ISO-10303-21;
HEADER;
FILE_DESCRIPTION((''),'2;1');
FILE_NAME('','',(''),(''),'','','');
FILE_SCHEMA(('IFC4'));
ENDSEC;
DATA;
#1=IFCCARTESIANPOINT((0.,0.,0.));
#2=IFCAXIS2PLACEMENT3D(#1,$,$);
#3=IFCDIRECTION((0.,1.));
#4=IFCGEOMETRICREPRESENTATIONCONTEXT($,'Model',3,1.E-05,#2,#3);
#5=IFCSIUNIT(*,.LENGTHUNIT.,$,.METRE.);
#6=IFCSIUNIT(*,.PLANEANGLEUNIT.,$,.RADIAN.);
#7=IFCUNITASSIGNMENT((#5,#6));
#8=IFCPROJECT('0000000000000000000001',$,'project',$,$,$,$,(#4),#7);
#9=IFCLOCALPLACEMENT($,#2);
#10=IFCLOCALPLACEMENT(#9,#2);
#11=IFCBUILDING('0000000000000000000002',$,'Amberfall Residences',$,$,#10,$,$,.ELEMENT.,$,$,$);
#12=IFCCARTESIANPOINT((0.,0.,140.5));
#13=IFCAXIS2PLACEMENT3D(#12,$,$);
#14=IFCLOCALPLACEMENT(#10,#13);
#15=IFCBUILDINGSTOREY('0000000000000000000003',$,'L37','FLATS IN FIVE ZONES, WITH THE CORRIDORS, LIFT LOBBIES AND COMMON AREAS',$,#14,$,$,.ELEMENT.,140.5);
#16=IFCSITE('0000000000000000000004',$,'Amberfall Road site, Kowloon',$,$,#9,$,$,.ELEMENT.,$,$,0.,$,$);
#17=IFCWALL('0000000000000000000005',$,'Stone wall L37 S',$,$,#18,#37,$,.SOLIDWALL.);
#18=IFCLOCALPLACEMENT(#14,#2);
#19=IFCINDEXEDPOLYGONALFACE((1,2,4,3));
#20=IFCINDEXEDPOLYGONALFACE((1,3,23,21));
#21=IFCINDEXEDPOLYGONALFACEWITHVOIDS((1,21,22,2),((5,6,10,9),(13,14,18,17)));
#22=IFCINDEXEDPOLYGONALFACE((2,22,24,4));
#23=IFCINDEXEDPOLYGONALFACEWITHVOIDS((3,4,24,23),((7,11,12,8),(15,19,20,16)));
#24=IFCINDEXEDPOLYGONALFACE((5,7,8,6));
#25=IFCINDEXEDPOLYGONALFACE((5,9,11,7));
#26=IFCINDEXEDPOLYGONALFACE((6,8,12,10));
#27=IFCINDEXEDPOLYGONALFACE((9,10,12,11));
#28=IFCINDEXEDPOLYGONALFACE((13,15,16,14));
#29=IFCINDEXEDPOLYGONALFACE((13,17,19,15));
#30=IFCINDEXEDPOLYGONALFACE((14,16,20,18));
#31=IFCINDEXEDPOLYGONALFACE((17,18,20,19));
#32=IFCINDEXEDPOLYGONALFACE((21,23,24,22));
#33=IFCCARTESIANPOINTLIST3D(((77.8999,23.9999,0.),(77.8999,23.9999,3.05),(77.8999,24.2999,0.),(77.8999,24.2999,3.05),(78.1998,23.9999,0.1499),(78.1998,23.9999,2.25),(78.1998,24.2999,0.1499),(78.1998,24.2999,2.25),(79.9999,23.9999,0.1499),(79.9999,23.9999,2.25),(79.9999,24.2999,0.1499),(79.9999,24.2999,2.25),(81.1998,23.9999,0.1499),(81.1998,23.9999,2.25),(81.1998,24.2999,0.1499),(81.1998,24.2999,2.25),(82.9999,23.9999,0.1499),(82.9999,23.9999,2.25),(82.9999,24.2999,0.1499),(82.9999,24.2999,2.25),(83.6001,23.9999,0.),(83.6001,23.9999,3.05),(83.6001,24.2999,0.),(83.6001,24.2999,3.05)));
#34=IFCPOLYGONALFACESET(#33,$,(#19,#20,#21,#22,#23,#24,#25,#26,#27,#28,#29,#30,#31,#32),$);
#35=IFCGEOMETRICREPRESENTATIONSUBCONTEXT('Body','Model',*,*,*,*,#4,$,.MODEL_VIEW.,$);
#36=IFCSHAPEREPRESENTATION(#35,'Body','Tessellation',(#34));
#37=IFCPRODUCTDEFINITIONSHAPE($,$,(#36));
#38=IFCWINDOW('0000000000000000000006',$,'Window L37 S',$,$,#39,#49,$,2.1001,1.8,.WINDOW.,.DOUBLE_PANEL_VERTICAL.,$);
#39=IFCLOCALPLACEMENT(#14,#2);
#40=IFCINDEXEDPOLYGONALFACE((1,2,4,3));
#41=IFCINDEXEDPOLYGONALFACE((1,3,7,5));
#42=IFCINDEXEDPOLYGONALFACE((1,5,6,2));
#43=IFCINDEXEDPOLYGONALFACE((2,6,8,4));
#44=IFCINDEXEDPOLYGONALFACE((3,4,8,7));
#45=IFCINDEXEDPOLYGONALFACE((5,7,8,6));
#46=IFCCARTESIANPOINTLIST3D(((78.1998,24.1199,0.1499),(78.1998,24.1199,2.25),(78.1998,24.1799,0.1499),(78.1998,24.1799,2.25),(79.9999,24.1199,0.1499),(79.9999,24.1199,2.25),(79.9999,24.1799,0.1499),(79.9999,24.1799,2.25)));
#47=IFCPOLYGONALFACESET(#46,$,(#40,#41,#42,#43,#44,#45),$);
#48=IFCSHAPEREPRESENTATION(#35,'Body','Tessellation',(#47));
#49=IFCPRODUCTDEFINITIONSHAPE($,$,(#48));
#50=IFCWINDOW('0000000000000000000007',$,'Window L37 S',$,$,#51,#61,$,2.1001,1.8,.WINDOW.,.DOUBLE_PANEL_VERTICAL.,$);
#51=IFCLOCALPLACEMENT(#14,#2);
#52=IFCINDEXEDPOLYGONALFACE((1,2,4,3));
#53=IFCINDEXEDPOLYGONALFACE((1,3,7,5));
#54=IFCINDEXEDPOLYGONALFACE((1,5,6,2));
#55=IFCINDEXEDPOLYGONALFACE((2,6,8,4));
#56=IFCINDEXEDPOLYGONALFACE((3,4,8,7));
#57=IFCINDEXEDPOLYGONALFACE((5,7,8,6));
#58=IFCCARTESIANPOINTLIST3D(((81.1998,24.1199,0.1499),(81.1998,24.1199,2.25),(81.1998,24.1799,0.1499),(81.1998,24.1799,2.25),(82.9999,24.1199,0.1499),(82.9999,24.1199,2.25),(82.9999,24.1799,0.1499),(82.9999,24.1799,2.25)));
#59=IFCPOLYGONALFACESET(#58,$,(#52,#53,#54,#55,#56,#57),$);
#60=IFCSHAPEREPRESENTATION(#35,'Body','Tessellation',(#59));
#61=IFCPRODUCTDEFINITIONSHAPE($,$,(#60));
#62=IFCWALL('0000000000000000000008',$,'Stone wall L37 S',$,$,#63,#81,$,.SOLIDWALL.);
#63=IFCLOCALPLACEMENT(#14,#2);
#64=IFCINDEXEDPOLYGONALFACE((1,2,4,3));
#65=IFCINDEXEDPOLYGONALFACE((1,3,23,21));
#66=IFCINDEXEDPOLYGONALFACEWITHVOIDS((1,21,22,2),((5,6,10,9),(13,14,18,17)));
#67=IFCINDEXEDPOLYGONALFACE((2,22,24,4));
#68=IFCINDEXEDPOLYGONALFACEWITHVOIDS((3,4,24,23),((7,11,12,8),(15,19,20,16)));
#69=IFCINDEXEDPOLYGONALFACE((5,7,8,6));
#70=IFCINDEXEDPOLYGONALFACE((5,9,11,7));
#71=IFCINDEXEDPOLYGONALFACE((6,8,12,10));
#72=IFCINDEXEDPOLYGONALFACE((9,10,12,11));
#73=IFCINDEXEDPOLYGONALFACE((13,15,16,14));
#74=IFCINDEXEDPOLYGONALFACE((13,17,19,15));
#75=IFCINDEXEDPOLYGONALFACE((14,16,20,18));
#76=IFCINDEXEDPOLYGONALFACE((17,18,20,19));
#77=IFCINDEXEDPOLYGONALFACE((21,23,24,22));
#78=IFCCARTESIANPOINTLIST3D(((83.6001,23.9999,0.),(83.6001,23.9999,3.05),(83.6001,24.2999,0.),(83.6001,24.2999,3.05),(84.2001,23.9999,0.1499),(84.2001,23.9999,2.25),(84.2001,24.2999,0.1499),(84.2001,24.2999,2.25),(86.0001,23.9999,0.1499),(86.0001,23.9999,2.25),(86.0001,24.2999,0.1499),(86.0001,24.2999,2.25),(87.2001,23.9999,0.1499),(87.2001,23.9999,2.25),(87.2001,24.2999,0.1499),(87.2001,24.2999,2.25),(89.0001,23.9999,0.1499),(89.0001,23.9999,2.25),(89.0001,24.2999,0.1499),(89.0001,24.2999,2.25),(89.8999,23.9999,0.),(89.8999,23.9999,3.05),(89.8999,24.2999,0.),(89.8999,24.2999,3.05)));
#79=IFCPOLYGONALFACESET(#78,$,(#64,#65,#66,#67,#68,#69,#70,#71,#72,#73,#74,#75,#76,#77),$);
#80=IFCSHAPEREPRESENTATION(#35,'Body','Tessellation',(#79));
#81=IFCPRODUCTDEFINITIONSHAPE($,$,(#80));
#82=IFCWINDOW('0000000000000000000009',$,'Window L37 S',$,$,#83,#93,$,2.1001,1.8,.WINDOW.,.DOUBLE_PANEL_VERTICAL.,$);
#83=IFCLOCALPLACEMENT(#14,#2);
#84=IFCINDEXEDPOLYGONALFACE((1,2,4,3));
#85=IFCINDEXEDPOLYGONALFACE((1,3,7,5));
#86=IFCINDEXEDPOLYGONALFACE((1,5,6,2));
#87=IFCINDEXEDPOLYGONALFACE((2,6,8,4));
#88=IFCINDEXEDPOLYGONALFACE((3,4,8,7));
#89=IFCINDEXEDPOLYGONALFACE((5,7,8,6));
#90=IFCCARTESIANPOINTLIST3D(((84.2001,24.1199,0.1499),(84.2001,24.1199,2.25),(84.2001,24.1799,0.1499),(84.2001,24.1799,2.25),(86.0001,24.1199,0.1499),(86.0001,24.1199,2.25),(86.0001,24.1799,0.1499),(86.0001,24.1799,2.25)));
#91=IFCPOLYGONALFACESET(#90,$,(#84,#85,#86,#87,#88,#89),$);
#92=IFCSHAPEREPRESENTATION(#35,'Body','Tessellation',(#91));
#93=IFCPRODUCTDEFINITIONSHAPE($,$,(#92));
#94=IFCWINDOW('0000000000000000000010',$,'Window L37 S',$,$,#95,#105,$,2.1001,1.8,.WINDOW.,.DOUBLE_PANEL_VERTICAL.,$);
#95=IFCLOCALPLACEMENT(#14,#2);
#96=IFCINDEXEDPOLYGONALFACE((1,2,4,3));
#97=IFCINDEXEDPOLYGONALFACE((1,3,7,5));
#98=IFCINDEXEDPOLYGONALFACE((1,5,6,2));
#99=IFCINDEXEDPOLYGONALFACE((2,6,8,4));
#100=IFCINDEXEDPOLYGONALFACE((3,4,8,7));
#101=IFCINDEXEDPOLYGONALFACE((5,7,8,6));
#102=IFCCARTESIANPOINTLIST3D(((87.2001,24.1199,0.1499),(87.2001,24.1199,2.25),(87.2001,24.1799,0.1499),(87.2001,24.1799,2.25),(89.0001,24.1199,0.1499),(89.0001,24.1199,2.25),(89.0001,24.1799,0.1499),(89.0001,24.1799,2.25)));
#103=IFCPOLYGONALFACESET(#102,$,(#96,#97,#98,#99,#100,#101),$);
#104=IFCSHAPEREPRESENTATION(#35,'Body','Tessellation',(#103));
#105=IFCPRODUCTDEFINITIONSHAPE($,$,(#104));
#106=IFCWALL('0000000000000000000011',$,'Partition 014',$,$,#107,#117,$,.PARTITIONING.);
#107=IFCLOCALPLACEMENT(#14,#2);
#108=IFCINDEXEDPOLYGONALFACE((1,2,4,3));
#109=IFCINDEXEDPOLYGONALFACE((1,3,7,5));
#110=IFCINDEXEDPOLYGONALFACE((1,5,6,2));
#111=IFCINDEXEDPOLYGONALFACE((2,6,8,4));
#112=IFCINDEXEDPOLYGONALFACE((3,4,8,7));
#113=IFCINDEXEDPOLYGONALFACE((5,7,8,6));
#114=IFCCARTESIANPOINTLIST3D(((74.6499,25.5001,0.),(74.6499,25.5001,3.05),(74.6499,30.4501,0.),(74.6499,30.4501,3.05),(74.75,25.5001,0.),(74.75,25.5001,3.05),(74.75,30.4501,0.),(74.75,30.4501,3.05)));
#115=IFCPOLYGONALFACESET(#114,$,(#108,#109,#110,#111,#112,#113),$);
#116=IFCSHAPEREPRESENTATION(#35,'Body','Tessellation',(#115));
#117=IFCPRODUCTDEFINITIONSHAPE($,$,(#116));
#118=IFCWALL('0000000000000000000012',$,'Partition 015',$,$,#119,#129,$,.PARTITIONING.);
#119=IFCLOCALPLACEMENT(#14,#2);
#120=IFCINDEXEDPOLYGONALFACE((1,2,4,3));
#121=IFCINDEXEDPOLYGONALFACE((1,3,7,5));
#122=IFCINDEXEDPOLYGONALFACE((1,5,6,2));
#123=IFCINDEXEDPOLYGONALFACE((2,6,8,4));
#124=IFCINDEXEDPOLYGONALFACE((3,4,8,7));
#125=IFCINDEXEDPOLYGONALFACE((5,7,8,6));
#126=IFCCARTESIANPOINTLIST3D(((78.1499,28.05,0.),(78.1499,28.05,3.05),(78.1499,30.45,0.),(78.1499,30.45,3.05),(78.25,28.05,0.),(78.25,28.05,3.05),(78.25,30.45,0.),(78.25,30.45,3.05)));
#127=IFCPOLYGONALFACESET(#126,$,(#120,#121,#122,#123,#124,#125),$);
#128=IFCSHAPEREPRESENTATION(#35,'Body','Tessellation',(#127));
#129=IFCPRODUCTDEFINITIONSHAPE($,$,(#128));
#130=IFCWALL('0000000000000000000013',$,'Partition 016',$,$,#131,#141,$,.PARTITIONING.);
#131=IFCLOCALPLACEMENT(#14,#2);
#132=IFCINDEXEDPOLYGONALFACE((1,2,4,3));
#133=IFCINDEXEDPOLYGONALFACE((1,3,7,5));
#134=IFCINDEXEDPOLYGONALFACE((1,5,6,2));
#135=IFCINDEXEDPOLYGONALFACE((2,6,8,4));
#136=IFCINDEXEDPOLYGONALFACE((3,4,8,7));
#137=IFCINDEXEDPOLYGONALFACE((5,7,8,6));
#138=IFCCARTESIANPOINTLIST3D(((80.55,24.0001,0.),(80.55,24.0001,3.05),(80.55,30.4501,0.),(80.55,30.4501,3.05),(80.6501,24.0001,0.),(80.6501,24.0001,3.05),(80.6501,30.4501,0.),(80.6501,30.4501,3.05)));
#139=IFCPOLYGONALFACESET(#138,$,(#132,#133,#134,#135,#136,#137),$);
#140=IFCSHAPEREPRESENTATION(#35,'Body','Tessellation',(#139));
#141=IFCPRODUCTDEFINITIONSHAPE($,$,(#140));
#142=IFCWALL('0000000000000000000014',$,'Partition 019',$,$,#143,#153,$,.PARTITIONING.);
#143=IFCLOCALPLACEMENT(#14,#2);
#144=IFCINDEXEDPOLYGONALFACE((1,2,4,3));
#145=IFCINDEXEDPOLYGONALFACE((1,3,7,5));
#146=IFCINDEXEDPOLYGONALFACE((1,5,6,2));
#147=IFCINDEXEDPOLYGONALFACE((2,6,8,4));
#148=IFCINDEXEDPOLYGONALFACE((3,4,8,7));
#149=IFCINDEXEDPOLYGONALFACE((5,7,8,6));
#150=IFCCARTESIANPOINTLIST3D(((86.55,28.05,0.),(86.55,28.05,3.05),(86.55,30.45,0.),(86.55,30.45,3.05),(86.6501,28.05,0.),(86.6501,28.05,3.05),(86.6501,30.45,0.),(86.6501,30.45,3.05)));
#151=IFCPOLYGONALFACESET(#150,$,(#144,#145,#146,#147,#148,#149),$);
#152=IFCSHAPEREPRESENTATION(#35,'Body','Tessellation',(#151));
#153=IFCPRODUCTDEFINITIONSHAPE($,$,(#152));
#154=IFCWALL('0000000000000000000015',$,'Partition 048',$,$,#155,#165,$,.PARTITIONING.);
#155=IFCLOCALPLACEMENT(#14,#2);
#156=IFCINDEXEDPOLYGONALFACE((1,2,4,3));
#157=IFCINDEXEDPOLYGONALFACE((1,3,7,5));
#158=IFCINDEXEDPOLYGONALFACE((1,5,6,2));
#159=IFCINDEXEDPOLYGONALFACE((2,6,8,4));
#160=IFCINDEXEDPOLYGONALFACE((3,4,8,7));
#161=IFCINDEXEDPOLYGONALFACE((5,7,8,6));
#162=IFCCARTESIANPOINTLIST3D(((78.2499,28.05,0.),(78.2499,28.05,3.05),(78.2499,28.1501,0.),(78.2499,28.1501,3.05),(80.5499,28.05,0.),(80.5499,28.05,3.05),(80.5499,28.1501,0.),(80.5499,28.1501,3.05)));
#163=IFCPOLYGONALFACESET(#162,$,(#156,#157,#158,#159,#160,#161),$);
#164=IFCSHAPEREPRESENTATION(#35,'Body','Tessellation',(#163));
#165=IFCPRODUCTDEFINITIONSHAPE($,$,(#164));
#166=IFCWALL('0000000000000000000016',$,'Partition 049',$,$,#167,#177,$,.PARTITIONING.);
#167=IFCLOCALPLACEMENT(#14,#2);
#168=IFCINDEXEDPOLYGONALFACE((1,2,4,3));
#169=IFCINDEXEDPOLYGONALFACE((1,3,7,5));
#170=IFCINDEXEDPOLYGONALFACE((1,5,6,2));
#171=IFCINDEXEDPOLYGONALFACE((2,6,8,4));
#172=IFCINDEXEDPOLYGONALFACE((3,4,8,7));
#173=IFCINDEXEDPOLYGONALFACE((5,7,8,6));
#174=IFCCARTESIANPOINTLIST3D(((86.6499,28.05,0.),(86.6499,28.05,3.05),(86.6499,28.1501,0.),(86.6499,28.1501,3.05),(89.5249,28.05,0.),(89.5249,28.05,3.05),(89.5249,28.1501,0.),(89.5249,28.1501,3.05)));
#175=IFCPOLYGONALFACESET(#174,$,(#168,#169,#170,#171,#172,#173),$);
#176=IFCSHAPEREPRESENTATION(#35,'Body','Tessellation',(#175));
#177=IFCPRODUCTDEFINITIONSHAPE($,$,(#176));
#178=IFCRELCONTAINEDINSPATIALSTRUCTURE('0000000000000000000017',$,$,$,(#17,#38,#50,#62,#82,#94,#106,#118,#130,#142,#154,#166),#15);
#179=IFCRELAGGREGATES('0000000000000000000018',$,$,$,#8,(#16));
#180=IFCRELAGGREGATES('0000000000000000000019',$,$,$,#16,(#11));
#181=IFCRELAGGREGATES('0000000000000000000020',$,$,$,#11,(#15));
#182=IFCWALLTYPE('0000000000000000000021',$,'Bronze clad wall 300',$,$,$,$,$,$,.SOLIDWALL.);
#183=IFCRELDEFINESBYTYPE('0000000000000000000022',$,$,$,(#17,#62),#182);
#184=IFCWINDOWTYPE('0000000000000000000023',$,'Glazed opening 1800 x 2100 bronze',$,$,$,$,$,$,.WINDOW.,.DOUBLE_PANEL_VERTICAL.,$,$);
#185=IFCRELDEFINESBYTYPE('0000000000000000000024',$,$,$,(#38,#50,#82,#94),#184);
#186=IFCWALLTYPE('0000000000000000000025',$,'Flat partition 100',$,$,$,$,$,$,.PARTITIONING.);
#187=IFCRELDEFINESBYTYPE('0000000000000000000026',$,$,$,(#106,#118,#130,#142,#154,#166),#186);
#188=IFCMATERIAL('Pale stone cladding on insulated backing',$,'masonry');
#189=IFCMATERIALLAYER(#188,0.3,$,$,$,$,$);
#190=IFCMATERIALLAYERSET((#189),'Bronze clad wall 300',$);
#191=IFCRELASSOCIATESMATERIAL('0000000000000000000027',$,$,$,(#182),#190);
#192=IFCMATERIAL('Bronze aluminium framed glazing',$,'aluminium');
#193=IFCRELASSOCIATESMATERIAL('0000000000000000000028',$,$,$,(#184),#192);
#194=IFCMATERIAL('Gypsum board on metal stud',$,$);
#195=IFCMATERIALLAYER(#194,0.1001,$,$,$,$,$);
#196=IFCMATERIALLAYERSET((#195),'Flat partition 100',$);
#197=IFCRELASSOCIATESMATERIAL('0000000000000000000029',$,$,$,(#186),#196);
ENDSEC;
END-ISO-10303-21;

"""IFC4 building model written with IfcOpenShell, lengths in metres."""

from ifc_helpers import new_model, si_unit, direction, frame, frame_2d, origin, place, context, subcontext, project, spatial, rectangle, extrude, material, layer, layer_set, type_object, element, fill, save


model = new_model("IFC4")

# Units and contexts
model_context = context("Model", 3, precision=1e-05, world=origin(), true_north=direction((0.0, 1.0)))
body_context = subcontext(model_context, "Body", "Model", "MODEL_VIEW")
ifc_project = project(units=[si_unit("LENGTHUNIT", "METRE"), si_unit("PLANEANGLEUNIT", "RADIAN")], contexts=[model_context])

# Site, building, storey
site_placement = place(None, origin())
site = spatial("IfcSite", under=ifc_project, at=site_placement, Name="Amberfall Road site, Kowloon", CompositionType="ELEMENT", RefElevation=0.0)
building_placement = place(site_placement, origin())
building = spatial("IfcBuilding", under=site, at=building_placement, Name="Amberfall Residences", CompositionType="ELEMENT")
storey_placement = place(building_placement, frame((0.0, 0.0, 140.5)))
storey = spatial("IfcBuildingStorey", under=building, at=storey_placement, Name="L37", Description="FLATS IN FIVE ZONES, WITH THE CORRIDORS, LIFT LOBBIES AND COMMON AREAS", CompositionType="ELEMENT", Elevation=140.5)

# Shared definitions
ifc_material_1 = material(Name="Pale stone cladding on insulated backing", Category="masonry")
ifc_layer_1 = layer(ifc_material_1, 0.3)
ifc_layer_set_1 = layer_set([ifc_layer_1], Name="Bronze clad wall 300")
wall_type_1 = type_object("IfcWallType", Name="Bronze clad wall 300", PredefinedType="SOLIDWALL", material=ifc_layer_set_1)

# Walls, openings, windows
wall_1_placement = place(storey_placement, frame((77.8999, 24.1499, 0.0), z_axis=(0.0, 0.0, 1.0), x_axis=(1.0, 0.0, 0.0)))
wall_1 = element("IfcWall", 1, at=wall_1_placement, inside=storey, type_object=wall_type_1, Name="Stone wall L37 S", PredefinedType="SOLIDWALL", context=body_context, shape_type="SweptSolid", body=[
    extrude(rectangle(XDim=5.7002, YDim=0.3, at=frame_2d((2.8501, 0.0))), origin(), (0.0, 0.0, 1.0), 3.05),
])
opening_1_placement = place(wall_1_placement, frame((0.3, 0.0, 0.1499)))
opening_1 = element("IfcOpeningElement", 2, at=opening_1_placement, cuts=wall_1, PredefinedType="OPENING", context=body_context, shape_type="SweptSolid", body=[
    extrude(rectangle(XDim=1.8, YDim=2.1001, at=frame_2d((0.8999, 1.05))), frame((0.0, 0.1599, 0.0), z_axis=(0.0, -1.0, 0.0), x_axis=(1.0, 0.0, 0.0)), (0.0, 0.0, 1.0), 0.3201),
])
opening_2_placement = place(wall_1_placement, frame((3.3, 0.0, 0.1499)))
opening_2 = element("IfcOpeningElement", 3, at=opening_2_placement, cuts=wall_1, PredefinedType="OPENING", context=body_context, shape_type="SweptSolid", body=[
    extrude(rectangle(XDim=1.8, YDim=2.1001, at=frame_2d((0.8999, 1.05))), frame((0.0, 0.1599, 0.0), z_axis=(0.0, -1.0, 0.0), x_axis=(1.0, 0.0, 0.0)), (0.0, 0.0, 1.0), 0.3201),
])
ifc_material_2 = material(Name="Bronze aluminium framed glazing", Category="aluminium")
window_type = type_object("IfcWindowType", Name="Glazed opening 1800 x 2100 bronze", PartitioningType="DOUBLE_PANEL_VERTICAL", PredefinedType="WINDOW", material=ifc_material_2)
window_1_placement = place(opening_1_placement, origin())
window_1 = element("IfcWindow", 4, at=window_1_placement, inside=storey, type_object=window_type, Name="Window L37 S", OverallHeight=2.1001, OverallWidth=1.8, PartitioningType="DOUBLE_PANEL_VERTICAL", PredefinedType="WINDOW", context=body_context, shape_type="SweptSolid", body=[
    extrude(rectangle(XDim=1.8, YDim=2.1001, at=frame_2d((0.8999, 1.05))), frame((0.0, 0.03, 0.0), z_axis=(0.0, -1.0, 0.0), x_axis=(1.0, 0.0, 0.0)), (0.0, 0.0, 1.0), 0.0601),
])
fill(opening_1, window_1)
window_2_placement = place(opening_2_placement, origin())
window_2 = element("IfcWindow", 5, at=window_2_placement, inside=storey, type_object=window_type, Name="Window L37 S", OverallHeight=2.1001, OverallWidth=1.8, PartitioningType="DOUBLE_PANEL_VERTICAL", PredefinedType="WINDOW", context=body_context, shape_type="SweptSolid", body=[
    extrude(rectangle(XDim=1.8, YDim=2.1001, at=frame_2d((0.8999, 1.05))), frame((0.0, 0.03, 0.0), z_axis=(0.0, -1.0, 0.0), x_axis=(1.0, 0.0, 0.0)), (0.0, 0.0, 1.0), 0.0601),
])
fill(opening_2, window_2)
wall_2_placement = place(storey_placement, frame((83.6001, 24.1499, 0.0), z_axis=(0.0, 0.0, 1.0), x_axis=(1.0, 0.0, 0.0)))
wall_2 = element("IfcWall", 6, at=wall_2_placement, inside=storey, type_object=wall_type_1, Name="Stone wall L37 S", PredefinedType="SOLIDWALL", context=body_context, shape_type="SweptSolid", body=[
    extrude(rectangle(XDim=6.2998, YDim=0.3, at=frame_2d((3.1499, 0.0))), origin(), (0.0, 0.0, 1.0), 3.05),
])
opening_3_placement = place(wall_2_placement, frame((0.6001, 0.0, 0.1499)))
opening_3 = element("IfcOpeningElement", 7, at=opening_3_placement, cuts=wall_2, PredefinedType="OPENING", context=body_context, shape_type="SweptSolid", body=[
    extrude(rectangle(XDim=1.8, YDim=2.1001, at=frame_2d((0.8999, 1.05))), frame((0.0, 0.1599, 0.0), z_axis=(0.0, -1.0, 0.0), x_axis=(1.0, 0.0, 0.0)), (0.0, 0.0, 1.0), 0.3201),
])
opening_4_placement = place(wall_2_placement, frame((3.6001, 0.0, 0.1499)))
opening_4 = element("IfcOpeningElement", 8, at=opening_4_placement, cuts=wall_2, PredefinedType="OPENING", context=body_context, shape_type="SweptSolid", body=[
    extrude(rectangle(XDim=1.8, YDim=2.1001, at=frame_2d((0.8999, 1.05))), frame((0.0, 0.1599, 0.0), z_axis=(0.0, -1.0, 0.0), x_axis=(1.0, 0.0, 0.0)), (0.0, 0.0, 1.0), 0.3201),
])
window_3_placement = place(opening_3_placement, origin())
window_3 = element("IfcWindow", 9, at=window_3_placement, inside=storey, type_object=window_type, Name="Window L37 S", OverallHeight=2.1001, OverallWidth=1.8, PartitioningType="DOUBLE_PANEL_VERTICAL", PredefinedType="WINDOW", context=body_context, shape_type="SweptSolid", body=[
    extrude(rectangle(XDim=1.8, YDim=2.1001, at=frame_2d((0.8999, 1.05))), frame((0.0, 0.03, 0.0), z_axis=(0.0, -1.0, 0.0), x_axis=(1.0, 0.0, 0.0)), (0.0, 0.0, 1.0), 0.0601),
])
fill(opening_3, window_3)
window_4_placement = place(opening_4_placement, origin())
window_4 = element("IfcWindow", 10, at=window_4_placement, inside=storey, type_object=window_type, Name="Window L37 S", OverallHeight=2.1001, OverallWidth=1.8, PartitioningType="DOUBLE_PANEL_VERTICAL", PredefinedType="WINDOW", context=body_context, shape_type="SweptSolid", body=[
    extrude(rectangle(XDim=1.8, YDim=2.1001, at=frame_2d((0.8999, 1.05))), frame((0.0, 0.03, 0.0), z_axis=(0.0, -1.0, 0.0), x_axis=(1.0, 0.0, 0.0)), (0.0, 0.0, 1.0), 0.0601),
])
fill(opening_4, window_4)

# Walls
ifc_material_3 = material(Name="Gypsum board on metal stud")
ifc_layer_2 = layer(ifc_material_3, 0.1001)
ifc_layer_set_2 = layer_set([ifc_layer_2], Name="Flat partition 100")
wall_type_2 = type_object("IfcWallType", Name="Flat partition 100", PredefinedType="PARTITIONING", material=ifc_layer_set_2)
wall_3_placement = place(storey_placement, frame((74.7, 25.5, 0.0), z_axis=(0.0, 0.0, 1.0), x_axis=(0.0, 1.0, 0.0)))
element("IfcWall", 11, at=wall_3_placement, inside=storey, type_object=wall_type_2, Name="Partition 014", PredefinedType="PARTITIONING", context=body_context, shape_type="SweptSolid", body=[
    extrude(rectangle(XDim=4.95, YDim=0.1001, at=frame_2d((2.4751, 0.0))), origin(), (0.0, 0.0, 1.0), 3.05),
])
wall_4_placement = place(storey_placement, frame((78.2, 28.05, 0.0), z_axis=(0.0, 0.0, 1.0), x_axis=(0.0, 1.0, 0.0)))
element("IfcWall", 12, at=wall_4_placement, inside=storey, type_object=wall_type_2, Name="Partition 015", PredefinedType="PARTITIONING", context=body_context, shape_type="SweptSolid", body=[
    extrude(rectangle(XDim=2.3999, YDim=0.1001, at=frame_2d((1.2, 0.0))), origin(), (0.0, 0.0, 1.0), 3.05),
])
wall_5_placement = place(storey_placement, frame((80.6001, 24.0, 0.0), z_axis=(0.0, 0.0, 1.0), x_axis=(0.0, 1.0, 0.0)))
element("IfcWall", 13, at=wall_5_placement, inside=storey, type_object=wall_type_2, Name="Partition 016", PredefinedType="PARTITIONING", context=body_context, shape_type="SweptSolid", body=[
    extrude(rectangle(XDim=6.45, YDim=0.1001, at=frame_2d((3.2251, 0.0))), origin(), (0.0, 0.0, 1.0), 3.05),
])
wall_6_placement = place(storey_placement, frame((86.6001, 28.05, 0.0), z_axis=(0.0, 0.0, 1.0), x_axis=(0.0, 1.0, 0.0)))
element("IfcWall", 14, at=wall_6_placement, inside=storey, type_object=wall_type_2, Name="Partition 019", PredefinedType="PARTITIONING", context=body_context, shape_type="SweptSolid", body=[
    extrude(rectangle(XDim=2.3999, YDim=0.1001, at=frame_2d((1.2, 0.0))), origin(), (0.0, 0.0, 1.0), 3.05),
])
wall_7_placement = place(storey_placement, frame((78.25, 28.1001, 0.0), z_axis=(0.0, 0.0, 1.0), x_axis=(1.0, 0.0, 0.0)))
element("IfcWall", 15, at=wall_7_placement, inside=storey, type_object=wall_type_2, Name="Partition 048", PredefinedType="PARTITIONING", context=body_context, shape_type="SweptSolid", body=[
    extrude(rectangle(XDim=2.3, YDim=0.1001, at=frame_2d((1.1499, 0.0))), origin(), (0.0, 0.0, 1.0), 3.05),
])
wall_8_placement = place(storey_placement, frame((86.6499, 28.1001, 0.0), z_axis=(0.0, 0.0, 1.0), x_axis=(1.0, 0.0, 0.0)))
element("IfcWall", 16, at=wall_8_placement, inside=storey, type_object=wall_type_2, Name="Partition 049", PredefinedType="PARTITIONING", context=body_context, shape_type="SweptSolid", body=[
    extrude(rectangle(XDim=2.875, YDim=0.1001, at=frame_2d((1.4375, 0.0))), origin(), (0.0, 0.0, 1.0), 3.05),
])

save(model, "model.ifc")
